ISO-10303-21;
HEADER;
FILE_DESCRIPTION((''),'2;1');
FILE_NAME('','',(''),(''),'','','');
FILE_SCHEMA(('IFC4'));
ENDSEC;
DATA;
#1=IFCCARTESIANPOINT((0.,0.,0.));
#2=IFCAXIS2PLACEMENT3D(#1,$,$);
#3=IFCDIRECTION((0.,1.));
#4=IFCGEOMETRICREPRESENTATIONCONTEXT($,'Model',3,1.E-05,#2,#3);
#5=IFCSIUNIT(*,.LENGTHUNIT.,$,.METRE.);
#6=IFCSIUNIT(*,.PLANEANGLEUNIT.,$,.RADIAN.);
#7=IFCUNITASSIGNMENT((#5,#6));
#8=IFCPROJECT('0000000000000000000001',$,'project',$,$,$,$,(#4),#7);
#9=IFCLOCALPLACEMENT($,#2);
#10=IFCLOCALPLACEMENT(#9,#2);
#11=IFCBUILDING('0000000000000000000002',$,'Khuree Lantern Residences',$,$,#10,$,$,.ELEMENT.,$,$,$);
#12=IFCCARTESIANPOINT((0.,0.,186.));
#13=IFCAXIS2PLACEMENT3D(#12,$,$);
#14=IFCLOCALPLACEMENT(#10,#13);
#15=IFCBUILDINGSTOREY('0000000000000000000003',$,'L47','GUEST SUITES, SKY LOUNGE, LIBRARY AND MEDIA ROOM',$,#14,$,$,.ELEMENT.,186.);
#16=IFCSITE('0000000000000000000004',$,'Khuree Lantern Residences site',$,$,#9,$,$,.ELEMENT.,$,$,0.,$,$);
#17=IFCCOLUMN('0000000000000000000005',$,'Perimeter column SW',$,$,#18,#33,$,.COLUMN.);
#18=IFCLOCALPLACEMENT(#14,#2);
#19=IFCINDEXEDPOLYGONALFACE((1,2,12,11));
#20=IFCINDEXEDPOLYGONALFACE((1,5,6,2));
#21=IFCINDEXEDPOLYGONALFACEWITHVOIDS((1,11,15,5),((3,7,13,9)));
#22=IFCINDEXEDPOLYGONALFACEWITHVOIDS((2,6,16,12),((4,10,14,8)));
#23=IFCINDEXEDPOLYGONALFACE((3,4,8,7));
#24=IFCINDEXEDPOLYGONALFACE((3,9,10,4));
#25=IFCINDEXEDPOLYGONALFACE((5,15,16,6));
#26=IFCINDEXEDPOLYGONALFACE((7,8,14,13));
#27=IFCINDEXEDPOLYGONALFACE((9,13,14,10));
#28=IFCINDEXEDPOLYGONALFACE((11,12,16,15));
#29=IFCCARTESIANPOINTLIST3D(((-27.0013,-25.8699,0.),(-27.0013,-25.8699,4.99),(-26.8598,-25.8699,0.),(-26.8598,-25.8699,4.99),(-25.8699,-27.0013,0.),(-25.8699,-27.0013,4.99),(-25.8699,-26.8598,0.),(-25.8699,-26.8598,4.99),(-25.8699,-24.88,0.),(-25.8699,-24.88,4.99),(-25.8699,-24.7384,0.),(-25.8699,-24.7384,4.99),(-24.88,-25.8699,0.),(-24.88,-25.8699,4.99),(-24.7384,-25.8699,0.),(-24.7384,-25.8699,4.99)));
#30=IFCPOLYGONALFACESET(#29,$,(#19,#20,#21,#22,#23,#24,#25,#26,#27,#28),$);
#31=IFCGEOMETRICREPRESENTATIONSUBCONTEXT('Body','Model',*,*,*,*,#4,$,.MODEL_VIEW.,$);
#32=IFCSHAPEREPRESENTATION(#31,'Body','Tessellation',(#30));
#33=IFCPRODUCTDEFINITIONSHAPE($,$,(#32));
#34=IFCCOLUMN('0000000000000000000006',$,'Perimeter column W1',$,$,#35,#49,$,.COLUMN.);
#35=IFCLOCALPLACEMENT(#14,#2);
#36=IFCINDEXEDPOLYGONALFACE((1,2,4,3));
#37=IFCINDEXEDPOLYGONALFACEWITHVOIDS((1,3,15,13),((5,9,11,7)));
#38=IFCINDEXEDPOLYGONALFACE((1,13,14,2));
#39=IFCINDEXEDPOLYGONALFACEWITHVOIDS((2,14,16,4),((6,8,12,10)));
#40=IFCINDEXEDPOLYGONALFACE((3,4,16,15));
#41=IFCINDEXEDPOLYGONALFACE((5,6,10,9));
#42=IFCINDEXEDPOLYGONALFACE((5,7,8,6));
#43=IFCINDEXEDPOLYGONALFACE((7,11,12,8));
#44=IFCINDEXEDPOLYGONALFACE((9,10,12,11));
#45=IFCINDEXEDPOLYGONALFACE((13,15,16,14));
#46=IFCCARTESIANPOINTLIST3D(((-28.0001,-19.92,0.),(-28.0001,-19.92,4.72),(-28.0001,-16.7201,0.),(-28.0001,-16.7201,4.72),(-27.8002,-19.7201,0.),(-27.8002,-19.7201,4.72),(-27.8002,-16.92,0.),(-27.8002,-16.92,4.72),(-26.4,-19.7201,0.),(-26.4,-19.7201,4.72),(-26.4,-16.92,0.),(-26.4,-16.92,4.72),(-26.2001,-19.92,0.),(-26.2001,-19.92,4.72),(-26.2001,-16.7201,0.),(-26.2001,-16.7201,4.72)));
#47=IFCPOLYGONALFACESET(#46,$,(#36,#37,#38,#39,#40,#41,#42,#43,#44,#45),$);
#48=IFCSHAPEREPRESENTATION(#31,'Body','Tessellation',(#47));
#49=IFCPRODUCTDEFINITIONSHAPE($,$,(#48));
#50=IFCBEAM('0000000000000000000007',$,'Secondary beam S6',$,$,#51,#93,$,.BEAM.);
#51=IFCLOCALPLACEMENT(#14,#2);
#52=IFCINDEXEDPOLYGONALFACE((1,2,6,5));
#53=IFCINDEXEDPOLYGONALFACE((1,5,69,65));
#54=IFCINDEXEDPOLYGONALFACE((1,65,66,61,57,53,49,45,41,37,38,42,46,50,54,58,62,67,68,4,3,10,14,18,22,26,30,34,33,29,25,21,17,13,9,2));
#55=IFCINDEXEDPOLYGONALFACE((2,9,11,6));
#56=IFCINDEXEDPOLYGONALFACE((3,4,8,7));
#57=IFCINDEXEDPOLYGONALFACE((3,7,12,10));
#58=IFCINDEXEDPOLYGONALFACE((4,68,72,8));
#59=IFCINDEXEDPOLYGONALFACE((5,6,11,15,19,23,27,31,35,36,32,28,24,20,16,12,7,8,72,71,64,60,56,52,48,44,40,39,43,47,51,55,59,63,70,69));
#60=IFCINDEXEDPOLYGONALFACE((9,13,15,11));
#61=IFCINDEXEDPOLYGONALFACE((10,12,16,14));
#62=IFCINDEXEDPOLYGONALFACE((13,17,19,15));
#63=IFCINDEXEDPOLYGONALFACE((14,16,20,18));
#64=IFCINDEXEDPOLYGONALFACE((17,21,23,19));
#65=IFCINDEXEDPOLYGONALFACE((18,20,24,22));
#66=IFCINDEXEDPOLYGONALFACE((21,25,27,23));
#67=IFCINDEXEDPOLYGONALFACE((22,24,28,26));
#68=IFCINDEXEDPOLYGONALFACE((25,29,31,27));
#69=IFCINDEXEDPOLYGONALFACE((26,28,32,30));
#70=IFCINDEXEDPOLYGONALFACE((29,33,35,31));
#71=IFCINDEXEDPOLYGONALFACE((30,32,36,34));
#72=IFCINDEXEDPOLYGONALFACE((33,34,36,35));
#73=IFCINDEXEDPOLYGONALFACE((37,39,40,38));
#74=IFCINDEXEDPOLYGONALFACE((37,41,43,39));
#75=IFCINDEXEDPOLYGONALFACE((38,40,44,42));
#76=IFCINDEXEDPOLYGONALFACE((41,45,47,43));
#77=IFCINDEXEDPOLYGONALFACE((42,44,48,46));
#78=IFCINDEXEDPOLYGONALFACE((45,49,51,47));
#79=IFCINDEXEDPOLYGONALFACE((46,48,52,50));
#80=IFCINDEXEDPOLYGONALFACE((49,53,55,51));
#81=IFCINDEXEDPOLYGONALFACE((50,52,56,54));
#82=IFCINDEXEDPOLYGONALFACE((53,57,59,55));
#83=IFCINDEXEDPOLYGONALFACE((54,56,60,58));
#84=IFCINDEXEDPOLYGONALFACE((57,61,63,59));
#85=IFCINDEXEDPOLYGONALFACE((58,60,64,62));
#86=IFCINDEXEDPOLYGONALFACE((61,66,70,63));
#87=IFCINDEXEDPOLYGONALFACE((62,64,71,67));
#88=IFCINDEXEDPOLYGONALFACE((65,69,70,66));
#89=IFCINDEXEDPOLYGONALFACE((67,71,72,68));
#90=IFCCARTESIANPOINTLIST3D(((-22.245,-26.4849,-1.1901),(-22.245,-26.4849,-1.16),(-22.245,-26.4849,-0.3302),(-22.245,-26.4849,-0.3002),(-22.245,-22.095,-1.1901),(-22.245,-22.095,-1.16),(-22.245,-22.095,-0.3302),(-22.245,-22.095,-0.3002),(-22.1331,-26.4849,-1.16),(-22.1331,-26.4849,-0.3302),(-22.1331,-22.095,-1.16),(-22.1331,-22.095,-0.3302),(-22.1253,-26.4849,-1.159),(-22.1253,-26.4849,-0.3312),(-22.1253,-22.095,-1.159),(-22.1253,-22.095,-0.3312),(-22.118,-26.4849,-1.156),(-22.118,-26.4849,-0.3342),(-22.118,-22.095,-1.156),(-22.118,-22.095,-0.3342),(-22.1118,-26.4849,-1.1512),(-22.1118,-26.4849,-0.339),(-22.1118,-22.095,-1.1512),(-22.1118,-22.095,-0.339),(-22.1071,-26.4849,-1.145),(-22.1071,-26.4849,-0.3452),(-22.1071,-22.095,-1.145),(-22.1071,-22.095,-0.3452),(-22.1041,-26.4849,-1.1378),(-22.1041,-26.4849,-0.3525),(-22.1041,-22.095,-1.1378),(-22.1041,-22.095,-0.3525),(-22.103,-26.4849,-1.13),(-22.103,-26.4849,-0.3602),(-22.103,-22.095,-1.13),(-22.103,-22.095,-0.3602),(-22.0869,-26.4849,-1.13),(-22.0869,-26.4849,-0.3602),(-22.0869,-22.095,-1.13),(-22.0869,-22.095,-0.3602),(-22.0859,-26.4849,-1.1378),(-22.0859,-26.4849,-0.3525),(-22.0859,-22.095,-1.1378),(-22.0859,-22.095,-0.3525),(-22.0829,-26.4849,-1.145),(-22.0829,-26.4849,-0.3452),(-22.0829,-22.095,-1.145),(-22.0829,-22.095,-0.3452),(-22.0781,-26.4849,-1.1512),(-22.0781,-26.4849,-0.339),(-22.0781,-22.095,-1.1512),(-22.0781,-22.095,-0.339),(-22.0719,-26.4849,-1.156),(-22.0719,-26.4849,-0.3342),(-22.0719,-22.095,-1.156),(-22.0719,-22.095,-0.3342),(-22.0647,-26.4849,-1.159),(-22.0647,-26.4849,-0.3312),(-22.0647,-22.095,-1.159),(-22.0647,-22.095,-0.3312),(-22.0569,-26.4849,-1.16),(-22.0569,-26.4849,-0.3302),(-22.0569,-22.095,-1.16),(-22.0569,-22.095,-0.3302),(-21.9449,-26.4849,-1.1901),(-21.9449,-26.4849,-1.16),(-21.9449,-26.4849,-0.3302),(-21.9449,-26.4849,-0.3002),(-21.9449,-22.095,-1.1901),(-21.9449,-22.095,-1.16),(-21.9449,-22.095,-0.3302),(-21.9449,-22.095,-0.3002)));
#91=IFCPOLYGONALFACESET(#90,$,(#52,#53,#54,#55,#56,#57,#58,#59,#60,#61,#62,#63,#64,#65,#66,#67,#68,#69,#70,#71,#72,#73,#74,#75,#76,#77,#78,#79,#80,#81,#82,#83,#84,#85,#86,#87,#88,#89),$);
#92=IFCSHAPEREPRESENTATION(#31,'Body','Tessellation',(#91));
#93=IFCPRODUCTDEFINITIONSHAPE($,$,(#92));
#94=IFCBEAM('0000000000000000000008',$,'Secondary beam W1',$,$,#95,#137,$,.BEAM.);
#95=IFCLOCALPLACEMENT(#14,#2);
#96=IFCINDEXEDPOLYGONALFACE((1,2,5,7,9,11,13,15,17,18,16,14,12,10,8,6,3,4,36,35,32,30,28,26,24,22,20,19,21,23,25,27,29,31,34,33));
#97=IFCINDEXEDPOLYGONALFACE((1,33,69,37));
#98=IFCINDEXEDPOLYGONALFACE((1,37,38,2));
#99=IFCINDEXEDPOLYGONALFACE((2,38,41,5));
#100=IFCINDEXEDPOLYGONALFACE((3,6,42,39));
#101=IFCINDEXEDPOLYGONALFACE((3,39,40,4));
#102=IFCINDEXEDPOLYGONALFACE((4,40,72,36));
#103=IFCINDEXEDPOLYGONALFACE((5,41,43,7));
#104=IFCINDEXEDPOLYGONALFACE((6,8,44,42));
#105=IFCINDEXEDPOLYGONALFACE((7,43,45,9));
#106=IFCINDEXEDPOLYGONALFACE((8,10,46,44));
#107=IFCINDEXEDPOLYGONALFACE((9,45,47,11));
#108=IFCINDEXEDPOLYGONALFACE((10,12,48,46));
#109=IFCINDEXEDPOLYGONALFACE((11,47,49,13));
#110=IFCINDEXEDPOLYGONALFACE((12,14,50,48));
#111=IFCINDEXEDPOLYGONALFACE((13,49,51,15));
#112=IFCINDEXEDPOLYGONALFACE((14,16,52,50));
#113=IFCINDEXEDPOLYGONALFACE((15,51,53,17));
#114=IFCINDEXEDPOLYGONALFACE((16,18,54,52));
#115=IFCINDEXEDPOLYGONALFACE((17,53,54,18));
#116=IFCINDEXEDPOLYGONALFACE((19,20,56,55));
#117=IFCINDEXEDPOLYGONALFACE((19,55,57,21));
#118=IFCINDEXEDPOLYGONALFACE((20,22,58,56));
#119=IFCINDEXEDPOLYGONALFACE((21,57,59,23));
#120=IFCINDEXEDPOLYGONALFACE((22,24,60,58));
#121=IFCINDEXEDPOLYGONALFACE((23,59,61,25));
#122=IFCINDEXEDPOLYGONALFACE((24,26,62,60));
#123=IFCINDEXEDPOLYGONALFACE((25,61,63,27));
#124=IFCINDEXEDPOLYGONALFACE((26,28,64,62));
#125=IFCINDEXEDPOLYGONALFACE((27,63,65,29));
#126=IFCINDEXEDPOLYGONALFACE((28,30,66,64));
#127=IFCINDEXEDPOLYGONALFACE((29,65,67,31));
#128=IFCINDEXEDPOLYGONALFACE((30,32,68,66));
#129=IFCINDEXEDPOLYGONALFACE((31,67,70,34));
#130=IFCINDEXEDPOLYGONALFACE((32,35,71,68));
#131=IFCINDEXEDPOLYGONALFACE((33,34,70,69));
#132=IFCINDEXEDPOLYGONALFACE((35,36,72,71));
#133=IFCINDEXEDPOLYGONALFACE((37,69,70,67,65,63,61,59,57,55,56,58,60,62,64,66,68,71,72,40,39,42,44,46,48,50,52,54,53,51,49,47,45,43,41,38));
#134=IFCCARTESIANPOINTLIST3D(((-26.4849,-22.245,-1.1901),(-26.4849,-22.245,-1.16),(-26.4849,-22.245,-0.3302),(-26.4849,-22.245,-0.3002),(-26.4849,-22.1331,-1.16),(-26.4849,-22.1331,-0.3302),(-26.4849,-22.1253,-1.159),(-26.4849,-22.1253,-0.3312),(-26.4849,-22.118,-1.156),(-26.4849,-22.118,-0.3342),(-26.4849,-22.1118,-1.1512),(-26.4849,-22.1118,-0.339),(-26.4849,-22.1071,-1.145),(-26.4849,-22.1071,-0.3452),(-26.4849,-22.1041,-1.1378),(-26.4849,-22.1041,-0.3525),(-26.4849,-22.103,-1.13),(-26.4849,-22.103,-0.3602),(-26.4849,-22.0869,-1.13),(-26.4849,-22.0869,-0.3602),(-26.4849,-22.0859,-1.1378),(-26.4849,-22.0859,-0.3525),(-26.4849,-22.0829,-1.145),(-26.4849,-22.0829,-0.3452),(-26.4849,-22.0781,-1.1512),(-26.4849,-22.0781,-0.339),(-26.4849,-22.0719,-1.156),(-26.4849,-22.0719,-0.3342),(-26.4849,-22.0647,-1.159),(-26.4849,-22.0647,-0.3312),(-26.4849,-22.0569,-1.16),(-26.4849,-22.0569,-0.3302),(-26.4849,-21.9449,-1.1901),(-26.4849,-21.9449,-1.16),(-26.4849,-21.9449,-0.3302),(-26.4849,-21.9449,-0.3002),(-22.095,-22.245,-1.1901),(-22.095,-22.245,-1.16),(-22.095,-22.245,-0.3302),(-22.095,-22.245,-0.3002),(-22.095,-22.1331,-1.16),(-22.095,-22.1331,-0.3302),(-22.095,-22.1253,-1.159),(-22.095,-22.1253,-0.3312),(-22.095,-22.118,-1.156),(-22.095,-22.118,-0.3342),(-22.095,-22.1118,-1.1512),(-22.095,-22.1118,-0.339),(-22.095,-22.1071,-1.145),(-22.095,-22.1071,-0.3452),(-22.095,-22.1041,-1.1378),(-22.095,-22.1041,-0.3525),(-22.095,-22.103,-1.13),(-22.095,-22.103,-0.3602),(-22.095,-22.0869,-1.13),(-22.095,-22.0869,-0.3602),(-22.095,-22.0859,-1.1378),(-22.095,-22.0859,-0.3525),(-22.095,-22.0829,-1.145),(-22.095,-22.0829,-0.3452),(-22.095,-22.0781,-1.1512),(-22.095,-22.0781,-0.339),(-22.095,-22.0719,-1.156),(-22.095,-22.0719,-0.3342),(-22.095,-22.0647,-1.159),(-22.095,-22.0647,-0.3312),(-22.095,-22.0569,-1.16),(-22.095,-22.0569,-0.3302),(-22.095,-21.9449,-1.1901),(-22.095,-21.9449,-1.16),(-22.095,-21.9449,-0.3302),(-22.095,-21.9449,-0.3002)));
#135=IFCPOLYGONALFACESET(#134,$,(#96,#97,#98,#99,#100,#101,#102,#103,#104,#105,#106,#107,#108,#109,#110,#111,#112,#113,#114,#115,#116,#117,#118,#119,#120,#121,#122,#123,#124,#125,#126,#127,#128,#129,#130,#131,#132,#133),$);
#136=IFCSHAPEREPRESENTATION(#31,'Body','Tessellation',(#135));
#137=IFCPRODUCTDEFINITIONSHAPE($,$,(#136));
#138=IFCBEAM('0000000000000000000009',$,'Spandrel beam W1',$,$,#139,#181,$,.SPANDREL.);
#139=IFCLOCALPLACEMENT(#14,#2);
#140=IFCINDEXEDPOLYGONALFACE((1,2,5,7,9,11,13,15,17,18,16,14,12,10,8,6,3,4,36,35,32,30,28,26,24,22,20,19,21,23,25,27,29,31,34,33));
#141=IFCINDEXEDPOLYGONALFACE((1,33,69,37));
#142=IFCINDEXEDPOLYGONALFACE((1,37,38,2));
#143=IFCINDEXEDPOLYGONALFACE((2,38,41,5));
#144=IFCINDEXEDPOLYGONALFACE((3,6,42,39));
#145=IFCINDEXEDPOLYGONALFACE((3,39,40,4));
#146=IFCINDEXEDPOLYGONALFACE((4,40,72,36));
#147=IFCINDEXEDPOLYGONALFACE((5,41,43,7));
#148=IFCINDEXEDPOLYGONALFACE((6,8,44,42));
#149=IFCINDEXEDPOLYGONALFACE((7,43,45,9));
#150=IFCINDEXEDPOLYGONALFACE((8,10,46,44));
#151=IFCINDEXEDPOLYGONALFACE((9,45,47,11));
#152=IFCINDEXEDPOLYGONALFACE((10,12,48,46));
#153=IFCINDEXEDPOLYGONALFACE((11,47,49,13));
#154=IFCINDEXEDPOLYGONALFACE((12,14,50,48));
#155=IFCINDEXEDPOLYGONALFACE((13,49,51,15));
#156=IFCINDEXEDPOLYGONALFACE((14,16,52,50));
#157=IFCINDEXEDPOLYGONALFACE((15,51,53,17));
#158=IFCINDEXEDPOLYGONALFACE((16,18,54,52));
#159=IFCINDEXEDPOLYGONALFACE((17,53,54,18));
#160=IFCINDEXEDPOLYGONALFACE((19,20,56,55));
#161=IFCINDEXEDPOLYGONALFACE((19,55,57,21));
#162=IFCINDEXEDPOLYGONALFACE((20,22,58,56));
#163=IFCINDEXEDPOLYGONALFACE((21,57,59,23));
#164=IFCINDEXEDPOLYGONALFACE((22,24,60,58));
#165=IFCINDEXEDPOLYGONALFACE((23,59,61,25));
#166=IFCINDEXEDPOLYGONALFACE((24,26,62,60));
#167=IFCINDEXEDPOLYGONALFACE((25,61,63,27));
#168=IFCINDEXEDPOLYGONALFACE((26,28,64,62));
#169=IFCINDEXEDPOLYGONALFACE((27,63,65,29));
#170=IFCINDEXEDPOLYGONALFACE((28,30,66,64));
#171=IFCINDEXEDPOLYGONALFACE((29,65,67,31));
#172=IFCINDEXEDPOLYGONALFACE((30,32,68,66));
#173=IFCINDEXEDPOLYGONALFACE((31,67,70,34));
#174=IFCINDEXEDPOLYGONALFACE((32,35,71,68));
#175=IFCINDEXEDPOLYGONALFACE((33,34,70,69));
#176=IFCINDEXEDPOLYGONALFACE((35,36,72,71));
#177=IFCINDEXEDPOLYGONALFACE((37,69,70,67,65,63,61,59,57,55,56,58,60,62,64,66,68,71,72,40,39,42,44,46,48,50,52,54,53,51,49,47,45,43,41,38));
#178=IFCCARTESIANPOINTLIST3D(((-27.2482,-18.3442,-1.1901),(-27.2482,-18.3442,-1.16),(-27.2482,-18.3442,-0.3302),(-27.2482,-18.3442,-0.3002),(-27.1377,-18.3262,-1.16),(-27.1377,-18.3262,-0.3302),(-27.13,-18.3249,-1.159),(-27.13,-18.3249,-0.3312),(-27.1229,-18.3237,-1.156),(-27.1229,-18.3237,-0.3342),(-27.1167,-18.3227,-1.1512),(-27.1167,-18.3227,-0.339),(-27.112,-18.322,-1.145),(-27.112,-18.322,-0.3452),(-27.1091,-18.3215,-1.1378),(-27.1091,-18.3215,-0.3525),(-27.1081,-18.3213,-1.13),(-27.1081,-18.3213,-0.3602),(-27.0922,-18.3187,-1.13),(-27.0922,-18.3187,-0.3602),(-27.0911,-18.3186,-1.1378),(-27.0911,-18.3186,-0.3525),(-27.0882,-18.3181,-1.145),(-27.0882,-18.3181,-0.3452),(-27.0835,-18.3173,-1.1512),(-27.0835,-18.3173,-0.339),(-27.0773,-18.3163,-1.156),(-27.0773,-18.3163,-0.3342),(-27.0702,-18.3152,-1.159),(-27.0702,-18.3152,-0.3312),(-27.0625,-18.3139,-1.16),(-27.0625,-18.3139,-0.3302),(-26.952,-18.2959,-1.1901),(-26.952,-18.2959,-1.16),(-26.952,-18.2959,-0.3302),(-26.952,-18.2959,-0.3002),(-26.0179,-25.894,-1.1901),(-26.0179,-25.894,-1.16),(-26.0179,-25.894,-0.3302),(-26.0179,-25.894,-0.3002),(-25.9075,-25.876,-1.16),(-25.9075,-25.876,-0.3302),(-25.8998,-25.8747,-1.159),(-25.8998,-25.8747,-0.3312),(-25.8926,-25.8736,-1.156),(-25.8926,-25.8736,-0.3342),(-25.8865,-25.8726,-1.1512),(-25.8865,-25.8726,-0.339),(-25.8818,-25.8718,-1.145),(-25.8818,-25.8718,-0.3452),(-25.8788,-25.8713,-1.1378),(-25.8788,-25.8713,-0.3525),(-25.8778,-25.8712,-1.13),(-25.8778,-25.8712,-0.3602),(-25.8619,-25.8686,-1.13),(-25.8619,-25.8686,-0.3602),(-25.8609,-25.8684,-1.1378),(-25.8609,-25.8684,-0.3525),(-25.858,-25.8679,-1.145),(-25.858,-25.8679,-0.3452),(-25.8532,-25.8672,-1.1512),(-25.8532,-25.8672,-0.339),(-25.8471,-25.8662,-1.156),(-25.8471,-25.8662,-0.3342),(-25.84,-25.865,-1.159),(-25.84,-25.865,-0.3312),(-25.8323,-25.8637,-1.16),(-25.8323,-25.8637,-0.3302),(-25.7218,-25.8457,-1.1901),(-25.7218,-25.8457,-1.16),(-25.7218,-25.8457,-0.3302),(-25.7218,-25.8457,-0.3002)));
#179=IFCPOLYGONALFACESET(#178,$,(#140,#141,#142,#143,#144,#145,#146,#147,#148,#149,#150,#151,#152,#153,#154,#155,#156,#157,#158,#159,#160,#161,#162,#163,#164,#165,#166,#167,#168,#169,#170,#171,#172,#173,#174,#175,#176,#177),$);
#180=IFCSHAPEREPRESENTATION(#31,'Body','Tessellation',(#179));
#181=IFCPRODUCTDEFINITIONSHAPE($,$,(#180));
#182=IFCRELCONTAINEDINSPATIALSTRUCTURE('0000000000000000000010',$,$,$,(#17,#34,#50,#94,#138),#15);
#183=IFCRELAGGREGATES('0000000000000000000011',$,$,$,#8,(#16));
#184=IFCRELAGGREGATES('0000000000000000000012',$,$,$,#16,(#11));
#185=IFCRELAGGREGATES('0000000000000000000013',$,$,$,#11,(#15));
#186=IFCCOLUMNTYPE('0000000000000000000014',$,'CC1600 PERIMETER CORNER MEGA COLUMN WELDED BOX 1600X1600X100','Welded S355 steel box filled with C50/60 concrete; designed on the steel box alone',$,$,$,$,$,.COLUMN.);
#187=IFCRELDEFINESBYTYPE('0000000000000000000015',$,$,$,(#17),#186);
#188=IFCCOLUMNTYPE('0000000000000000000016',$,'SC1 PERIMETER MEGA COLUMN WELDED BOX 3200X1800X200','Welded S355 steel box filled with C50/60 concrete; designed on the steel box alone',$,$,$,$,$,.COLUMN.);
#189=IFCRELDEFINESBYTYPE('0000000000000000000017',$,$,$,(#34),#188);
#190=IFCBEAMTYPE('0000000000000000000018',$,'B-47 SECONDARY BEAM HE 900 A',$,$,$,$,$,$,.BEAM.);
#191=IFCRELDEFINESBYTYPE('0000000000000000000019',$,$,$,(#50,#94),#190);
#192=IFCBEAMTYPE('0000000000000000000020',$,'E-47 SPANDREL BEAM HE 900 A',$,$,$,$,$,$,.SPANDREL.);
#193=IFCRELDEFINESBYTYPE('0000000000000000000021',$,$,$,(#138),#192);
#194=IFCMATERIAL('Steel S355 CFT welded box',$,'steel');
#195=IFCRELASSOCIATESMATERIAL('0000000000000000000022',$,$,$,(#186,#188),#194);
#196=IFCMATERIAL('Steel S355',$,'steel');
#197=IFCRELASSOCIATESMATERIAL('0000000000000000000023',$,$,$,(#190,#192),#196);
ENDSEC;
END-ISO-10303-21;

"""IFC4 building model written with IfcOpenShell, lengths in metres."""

from ifc_helpers import new_model, si_unit, direction, frame, origin, origin_2d, place, context, subcontext, project, spatial, hollow_rectangle, i_section, extrude, material, material_profile, profile_set, type_object, element, save


model = new_model("IFC4")

# Units and contexts
model_context = context("Model", 3, precision=1e-05, world=origin(), true_north=direction((0.0, 1.0)))
body_context = subcontext(model_context, "Body", "Model", "MODEL_VIEW")
ifc_project = project(units=[si_unit("LENGTHUNIT", "METRE"), si_unit("PLANEANGLEUNIT", "RADIAN")], contexts=[model_context])

# Site, building, storey
site_placement = place(None, origin())
site = spatial("IfcSite", under=ifc_project, at=site_placement, Name="Khuree Lantern Residences site", CompositionType="ELEMENT", RefElevation=0.0)
building_placement = place(site_placement, origin())
building = spatial("IfcBuilding", under=site, at=building_placement, Name="Khuree Lantern Residences", CompositionType="ELEMENT")
storey_placement = place(building_placement, frame((0.0, 0.0, 186.0)))
storey = spatial("IfcBuildingStorey", under=building, at=storey_placement, Name="L47", Description="GUEST SUITES, SKY LOUNGE, LIBRARY AND MEDIA ROOM", CompositionType="ELEMENT", Elevation=186.0)

# Columns
ifc_material_1 = material(Name="Steel S355 CFT welded box", Category="steel")
ifc_material_profile_1 = material_profile(ifc_material_1, hollow_rectangle(XDim=1.6001, YDim=1.6001, WallThickness=0.1001, at=origin_2d()), Name="WELDED BOX 1600X1600X100")
ifc_profile_set_1 = profile_set([ifc_material_profile_1], Name="Steel S355 CFT welded box")
column_type_1 = type_object("IfcColumnType", Name="CC1600 PERIMETER CORNER MEGA COLUMN WELDED BOX 1600X1600X100", Description="Welded S355 steel box filled with C50/60 concrete; designed on the steel box alone", PredefinedType="COLUMN", material=ifc_profile_set_1)
column_1_placement = place(storey_placement, frame((-25.8699, -25.8699, 0.0), z_axis=(0.0, 0.0, 1.0), x_axis=(0.707107, -0.707107, 0.0)))
element("IfcColumn", 1, at=column_1_placement, inside=storey, type_object=column_type_1, Name="Perimeter column SW", PredefinedType="COLUMN", context=body_context, shape_type="SweptSolid", body=[
    extrude(hollow_rectangle(XDim=1.6001, YDim=1.6001, WallThickness=0.1001, at=origin_2d()), origin(), (0.0, 0.0, 1.0), 4.99),
])
ifc_material_profile_2 = material_profile(ifc_material_1, hollow_rectangle(XDim=3.2, YDim=1.8, WallThickness=0.2, at=origin_2d()), Name="WELDED BOX 3200X1800X200")
ifc_profile_set_2 = profile_set([ifc_material_profile_2], Name="Steel S355 CFT welded box")
column_type_2 = type_object("IfcColumnType", Name="SC1 PERIMETER MEGA COLUMN WELDED BOX 3200X1800X200", Description="Welded S355 steel box filled with C50/60 concrete; designed on the steel box alone", PredefinedType="COLUMN", material=ifc_profile_set_2)
column_2_placement = place(storey_placement, frame((-27.1001, -18.3201, 0.0), z_axis=(0.0, 0.0, 1.0), x_axis=(0.0, 1.0, 0.0)))
element("IfcColumn", 2, at=column_2_placement, inside=storey, type_object=column_type_2, Name="Perimeter column W1", PredefinedType="COLUMN", context=body_context, shape_type="SweptSolid", body=[
    extrude(hollow_rectangle(XDim=3.2, YDim=1.8, WallThickness=0.2, at=origin_2d()), origin(), (0.0, 0.0, 1.0), 4.72),
])

# Beams
ifc_material_2 = material(Name="Steel S355", Category="steel")
ifc_material_profile_3 = material_profile(ifc_material_2, i_section(OverallWidth=0.3, OverallDepth=0.8899, WebThickness=0.0161, FlangeThickness=0.03, FilletRadius=0.03, at=origin_2d()), Name="HE 900 A")
ifc_profile_set_3 = profile_set([ifc_material_profile_3], Name="Steel S355")
beam_type_1 = type_object("IfcBeamType", Name="B-47 SECONDARY BEAM HE 900 A", PredefinedType="BEAM", material=ifc_profile_set_3)
for number, where, z_axis, x_axis, name in (
    (3, (-22.095, -26.4849, -0.7451), (0.0, 1.0, 0.0), (-1.0, 0.0, 0.0), "Secondary beam S6"),
    (4, (-26.4849, -22.095, -0.7451), (1.0, 0.0, 0.0), (0.0, 1.0, 0.0), "Secondary beam W1"),
):
    element("IfcBeam", number, at=place(storey_placement, frame(where, z_axis=z_axis, x_axis=x_axis)), inside=storey, type_object=beam_type_1, Name=name, PredefinedType="BEAM", context=body_context, shape_type="SweptSolid", body=[
        extrude(i_section(OverallWidth=0.3, OverallDepth=0.8899, WebThickness=0.0161, FlangeThickness=0.03, FilletRadius=0.03, at=origin_2d()), origin(), (0.0, 0.0, 1.0), 4.3899),
    ])
ifc_material_profile_4 = material_profile(ifc_material_2, i_section(OverallWidth=0.3, OverallDepth=0.8899, WebThickness=0.0161, FlangeThickness=0.03, FilletRadius=0.03, at=origin_2d()), Name="HE 900 A")
ifc_profile_set_4 = profile_set([ifc_material_profile_4], Name="Steel S355")
beam_type_2 = type_object("IfcBeamType", Name="E-47 SPANDREL BEAM HE 900 A", PredefinedType="SPANDREL", material=ifc_profile_set_4)
beam_1_placement = place(storey_placement, frame((-25.8699, -25.8699, -0.7451), z_axis=(-0.160827, 0.986983, 0.0), x_axis=(-0.986983, -0.160827, 0.0)))
element("IfcBeam", 5, at=beam_1_placement, inside=storey, type_object=beam_type_2, Name="Spandrel beam W1", PredefinedType="SPANDREL", context=body_context, shape_type="SweptSolid", body=[
    extrude(i_section(OverallWidth=0.3, OverallDepth=0.8899, WebThickness=0.0161, FlangeThickness=0.03, FilletRadius=0.03, at=origin_2d()), origin(), (0.0, 0.0, 1.0), 7.6494),
])

save(model, "model.ifc")
